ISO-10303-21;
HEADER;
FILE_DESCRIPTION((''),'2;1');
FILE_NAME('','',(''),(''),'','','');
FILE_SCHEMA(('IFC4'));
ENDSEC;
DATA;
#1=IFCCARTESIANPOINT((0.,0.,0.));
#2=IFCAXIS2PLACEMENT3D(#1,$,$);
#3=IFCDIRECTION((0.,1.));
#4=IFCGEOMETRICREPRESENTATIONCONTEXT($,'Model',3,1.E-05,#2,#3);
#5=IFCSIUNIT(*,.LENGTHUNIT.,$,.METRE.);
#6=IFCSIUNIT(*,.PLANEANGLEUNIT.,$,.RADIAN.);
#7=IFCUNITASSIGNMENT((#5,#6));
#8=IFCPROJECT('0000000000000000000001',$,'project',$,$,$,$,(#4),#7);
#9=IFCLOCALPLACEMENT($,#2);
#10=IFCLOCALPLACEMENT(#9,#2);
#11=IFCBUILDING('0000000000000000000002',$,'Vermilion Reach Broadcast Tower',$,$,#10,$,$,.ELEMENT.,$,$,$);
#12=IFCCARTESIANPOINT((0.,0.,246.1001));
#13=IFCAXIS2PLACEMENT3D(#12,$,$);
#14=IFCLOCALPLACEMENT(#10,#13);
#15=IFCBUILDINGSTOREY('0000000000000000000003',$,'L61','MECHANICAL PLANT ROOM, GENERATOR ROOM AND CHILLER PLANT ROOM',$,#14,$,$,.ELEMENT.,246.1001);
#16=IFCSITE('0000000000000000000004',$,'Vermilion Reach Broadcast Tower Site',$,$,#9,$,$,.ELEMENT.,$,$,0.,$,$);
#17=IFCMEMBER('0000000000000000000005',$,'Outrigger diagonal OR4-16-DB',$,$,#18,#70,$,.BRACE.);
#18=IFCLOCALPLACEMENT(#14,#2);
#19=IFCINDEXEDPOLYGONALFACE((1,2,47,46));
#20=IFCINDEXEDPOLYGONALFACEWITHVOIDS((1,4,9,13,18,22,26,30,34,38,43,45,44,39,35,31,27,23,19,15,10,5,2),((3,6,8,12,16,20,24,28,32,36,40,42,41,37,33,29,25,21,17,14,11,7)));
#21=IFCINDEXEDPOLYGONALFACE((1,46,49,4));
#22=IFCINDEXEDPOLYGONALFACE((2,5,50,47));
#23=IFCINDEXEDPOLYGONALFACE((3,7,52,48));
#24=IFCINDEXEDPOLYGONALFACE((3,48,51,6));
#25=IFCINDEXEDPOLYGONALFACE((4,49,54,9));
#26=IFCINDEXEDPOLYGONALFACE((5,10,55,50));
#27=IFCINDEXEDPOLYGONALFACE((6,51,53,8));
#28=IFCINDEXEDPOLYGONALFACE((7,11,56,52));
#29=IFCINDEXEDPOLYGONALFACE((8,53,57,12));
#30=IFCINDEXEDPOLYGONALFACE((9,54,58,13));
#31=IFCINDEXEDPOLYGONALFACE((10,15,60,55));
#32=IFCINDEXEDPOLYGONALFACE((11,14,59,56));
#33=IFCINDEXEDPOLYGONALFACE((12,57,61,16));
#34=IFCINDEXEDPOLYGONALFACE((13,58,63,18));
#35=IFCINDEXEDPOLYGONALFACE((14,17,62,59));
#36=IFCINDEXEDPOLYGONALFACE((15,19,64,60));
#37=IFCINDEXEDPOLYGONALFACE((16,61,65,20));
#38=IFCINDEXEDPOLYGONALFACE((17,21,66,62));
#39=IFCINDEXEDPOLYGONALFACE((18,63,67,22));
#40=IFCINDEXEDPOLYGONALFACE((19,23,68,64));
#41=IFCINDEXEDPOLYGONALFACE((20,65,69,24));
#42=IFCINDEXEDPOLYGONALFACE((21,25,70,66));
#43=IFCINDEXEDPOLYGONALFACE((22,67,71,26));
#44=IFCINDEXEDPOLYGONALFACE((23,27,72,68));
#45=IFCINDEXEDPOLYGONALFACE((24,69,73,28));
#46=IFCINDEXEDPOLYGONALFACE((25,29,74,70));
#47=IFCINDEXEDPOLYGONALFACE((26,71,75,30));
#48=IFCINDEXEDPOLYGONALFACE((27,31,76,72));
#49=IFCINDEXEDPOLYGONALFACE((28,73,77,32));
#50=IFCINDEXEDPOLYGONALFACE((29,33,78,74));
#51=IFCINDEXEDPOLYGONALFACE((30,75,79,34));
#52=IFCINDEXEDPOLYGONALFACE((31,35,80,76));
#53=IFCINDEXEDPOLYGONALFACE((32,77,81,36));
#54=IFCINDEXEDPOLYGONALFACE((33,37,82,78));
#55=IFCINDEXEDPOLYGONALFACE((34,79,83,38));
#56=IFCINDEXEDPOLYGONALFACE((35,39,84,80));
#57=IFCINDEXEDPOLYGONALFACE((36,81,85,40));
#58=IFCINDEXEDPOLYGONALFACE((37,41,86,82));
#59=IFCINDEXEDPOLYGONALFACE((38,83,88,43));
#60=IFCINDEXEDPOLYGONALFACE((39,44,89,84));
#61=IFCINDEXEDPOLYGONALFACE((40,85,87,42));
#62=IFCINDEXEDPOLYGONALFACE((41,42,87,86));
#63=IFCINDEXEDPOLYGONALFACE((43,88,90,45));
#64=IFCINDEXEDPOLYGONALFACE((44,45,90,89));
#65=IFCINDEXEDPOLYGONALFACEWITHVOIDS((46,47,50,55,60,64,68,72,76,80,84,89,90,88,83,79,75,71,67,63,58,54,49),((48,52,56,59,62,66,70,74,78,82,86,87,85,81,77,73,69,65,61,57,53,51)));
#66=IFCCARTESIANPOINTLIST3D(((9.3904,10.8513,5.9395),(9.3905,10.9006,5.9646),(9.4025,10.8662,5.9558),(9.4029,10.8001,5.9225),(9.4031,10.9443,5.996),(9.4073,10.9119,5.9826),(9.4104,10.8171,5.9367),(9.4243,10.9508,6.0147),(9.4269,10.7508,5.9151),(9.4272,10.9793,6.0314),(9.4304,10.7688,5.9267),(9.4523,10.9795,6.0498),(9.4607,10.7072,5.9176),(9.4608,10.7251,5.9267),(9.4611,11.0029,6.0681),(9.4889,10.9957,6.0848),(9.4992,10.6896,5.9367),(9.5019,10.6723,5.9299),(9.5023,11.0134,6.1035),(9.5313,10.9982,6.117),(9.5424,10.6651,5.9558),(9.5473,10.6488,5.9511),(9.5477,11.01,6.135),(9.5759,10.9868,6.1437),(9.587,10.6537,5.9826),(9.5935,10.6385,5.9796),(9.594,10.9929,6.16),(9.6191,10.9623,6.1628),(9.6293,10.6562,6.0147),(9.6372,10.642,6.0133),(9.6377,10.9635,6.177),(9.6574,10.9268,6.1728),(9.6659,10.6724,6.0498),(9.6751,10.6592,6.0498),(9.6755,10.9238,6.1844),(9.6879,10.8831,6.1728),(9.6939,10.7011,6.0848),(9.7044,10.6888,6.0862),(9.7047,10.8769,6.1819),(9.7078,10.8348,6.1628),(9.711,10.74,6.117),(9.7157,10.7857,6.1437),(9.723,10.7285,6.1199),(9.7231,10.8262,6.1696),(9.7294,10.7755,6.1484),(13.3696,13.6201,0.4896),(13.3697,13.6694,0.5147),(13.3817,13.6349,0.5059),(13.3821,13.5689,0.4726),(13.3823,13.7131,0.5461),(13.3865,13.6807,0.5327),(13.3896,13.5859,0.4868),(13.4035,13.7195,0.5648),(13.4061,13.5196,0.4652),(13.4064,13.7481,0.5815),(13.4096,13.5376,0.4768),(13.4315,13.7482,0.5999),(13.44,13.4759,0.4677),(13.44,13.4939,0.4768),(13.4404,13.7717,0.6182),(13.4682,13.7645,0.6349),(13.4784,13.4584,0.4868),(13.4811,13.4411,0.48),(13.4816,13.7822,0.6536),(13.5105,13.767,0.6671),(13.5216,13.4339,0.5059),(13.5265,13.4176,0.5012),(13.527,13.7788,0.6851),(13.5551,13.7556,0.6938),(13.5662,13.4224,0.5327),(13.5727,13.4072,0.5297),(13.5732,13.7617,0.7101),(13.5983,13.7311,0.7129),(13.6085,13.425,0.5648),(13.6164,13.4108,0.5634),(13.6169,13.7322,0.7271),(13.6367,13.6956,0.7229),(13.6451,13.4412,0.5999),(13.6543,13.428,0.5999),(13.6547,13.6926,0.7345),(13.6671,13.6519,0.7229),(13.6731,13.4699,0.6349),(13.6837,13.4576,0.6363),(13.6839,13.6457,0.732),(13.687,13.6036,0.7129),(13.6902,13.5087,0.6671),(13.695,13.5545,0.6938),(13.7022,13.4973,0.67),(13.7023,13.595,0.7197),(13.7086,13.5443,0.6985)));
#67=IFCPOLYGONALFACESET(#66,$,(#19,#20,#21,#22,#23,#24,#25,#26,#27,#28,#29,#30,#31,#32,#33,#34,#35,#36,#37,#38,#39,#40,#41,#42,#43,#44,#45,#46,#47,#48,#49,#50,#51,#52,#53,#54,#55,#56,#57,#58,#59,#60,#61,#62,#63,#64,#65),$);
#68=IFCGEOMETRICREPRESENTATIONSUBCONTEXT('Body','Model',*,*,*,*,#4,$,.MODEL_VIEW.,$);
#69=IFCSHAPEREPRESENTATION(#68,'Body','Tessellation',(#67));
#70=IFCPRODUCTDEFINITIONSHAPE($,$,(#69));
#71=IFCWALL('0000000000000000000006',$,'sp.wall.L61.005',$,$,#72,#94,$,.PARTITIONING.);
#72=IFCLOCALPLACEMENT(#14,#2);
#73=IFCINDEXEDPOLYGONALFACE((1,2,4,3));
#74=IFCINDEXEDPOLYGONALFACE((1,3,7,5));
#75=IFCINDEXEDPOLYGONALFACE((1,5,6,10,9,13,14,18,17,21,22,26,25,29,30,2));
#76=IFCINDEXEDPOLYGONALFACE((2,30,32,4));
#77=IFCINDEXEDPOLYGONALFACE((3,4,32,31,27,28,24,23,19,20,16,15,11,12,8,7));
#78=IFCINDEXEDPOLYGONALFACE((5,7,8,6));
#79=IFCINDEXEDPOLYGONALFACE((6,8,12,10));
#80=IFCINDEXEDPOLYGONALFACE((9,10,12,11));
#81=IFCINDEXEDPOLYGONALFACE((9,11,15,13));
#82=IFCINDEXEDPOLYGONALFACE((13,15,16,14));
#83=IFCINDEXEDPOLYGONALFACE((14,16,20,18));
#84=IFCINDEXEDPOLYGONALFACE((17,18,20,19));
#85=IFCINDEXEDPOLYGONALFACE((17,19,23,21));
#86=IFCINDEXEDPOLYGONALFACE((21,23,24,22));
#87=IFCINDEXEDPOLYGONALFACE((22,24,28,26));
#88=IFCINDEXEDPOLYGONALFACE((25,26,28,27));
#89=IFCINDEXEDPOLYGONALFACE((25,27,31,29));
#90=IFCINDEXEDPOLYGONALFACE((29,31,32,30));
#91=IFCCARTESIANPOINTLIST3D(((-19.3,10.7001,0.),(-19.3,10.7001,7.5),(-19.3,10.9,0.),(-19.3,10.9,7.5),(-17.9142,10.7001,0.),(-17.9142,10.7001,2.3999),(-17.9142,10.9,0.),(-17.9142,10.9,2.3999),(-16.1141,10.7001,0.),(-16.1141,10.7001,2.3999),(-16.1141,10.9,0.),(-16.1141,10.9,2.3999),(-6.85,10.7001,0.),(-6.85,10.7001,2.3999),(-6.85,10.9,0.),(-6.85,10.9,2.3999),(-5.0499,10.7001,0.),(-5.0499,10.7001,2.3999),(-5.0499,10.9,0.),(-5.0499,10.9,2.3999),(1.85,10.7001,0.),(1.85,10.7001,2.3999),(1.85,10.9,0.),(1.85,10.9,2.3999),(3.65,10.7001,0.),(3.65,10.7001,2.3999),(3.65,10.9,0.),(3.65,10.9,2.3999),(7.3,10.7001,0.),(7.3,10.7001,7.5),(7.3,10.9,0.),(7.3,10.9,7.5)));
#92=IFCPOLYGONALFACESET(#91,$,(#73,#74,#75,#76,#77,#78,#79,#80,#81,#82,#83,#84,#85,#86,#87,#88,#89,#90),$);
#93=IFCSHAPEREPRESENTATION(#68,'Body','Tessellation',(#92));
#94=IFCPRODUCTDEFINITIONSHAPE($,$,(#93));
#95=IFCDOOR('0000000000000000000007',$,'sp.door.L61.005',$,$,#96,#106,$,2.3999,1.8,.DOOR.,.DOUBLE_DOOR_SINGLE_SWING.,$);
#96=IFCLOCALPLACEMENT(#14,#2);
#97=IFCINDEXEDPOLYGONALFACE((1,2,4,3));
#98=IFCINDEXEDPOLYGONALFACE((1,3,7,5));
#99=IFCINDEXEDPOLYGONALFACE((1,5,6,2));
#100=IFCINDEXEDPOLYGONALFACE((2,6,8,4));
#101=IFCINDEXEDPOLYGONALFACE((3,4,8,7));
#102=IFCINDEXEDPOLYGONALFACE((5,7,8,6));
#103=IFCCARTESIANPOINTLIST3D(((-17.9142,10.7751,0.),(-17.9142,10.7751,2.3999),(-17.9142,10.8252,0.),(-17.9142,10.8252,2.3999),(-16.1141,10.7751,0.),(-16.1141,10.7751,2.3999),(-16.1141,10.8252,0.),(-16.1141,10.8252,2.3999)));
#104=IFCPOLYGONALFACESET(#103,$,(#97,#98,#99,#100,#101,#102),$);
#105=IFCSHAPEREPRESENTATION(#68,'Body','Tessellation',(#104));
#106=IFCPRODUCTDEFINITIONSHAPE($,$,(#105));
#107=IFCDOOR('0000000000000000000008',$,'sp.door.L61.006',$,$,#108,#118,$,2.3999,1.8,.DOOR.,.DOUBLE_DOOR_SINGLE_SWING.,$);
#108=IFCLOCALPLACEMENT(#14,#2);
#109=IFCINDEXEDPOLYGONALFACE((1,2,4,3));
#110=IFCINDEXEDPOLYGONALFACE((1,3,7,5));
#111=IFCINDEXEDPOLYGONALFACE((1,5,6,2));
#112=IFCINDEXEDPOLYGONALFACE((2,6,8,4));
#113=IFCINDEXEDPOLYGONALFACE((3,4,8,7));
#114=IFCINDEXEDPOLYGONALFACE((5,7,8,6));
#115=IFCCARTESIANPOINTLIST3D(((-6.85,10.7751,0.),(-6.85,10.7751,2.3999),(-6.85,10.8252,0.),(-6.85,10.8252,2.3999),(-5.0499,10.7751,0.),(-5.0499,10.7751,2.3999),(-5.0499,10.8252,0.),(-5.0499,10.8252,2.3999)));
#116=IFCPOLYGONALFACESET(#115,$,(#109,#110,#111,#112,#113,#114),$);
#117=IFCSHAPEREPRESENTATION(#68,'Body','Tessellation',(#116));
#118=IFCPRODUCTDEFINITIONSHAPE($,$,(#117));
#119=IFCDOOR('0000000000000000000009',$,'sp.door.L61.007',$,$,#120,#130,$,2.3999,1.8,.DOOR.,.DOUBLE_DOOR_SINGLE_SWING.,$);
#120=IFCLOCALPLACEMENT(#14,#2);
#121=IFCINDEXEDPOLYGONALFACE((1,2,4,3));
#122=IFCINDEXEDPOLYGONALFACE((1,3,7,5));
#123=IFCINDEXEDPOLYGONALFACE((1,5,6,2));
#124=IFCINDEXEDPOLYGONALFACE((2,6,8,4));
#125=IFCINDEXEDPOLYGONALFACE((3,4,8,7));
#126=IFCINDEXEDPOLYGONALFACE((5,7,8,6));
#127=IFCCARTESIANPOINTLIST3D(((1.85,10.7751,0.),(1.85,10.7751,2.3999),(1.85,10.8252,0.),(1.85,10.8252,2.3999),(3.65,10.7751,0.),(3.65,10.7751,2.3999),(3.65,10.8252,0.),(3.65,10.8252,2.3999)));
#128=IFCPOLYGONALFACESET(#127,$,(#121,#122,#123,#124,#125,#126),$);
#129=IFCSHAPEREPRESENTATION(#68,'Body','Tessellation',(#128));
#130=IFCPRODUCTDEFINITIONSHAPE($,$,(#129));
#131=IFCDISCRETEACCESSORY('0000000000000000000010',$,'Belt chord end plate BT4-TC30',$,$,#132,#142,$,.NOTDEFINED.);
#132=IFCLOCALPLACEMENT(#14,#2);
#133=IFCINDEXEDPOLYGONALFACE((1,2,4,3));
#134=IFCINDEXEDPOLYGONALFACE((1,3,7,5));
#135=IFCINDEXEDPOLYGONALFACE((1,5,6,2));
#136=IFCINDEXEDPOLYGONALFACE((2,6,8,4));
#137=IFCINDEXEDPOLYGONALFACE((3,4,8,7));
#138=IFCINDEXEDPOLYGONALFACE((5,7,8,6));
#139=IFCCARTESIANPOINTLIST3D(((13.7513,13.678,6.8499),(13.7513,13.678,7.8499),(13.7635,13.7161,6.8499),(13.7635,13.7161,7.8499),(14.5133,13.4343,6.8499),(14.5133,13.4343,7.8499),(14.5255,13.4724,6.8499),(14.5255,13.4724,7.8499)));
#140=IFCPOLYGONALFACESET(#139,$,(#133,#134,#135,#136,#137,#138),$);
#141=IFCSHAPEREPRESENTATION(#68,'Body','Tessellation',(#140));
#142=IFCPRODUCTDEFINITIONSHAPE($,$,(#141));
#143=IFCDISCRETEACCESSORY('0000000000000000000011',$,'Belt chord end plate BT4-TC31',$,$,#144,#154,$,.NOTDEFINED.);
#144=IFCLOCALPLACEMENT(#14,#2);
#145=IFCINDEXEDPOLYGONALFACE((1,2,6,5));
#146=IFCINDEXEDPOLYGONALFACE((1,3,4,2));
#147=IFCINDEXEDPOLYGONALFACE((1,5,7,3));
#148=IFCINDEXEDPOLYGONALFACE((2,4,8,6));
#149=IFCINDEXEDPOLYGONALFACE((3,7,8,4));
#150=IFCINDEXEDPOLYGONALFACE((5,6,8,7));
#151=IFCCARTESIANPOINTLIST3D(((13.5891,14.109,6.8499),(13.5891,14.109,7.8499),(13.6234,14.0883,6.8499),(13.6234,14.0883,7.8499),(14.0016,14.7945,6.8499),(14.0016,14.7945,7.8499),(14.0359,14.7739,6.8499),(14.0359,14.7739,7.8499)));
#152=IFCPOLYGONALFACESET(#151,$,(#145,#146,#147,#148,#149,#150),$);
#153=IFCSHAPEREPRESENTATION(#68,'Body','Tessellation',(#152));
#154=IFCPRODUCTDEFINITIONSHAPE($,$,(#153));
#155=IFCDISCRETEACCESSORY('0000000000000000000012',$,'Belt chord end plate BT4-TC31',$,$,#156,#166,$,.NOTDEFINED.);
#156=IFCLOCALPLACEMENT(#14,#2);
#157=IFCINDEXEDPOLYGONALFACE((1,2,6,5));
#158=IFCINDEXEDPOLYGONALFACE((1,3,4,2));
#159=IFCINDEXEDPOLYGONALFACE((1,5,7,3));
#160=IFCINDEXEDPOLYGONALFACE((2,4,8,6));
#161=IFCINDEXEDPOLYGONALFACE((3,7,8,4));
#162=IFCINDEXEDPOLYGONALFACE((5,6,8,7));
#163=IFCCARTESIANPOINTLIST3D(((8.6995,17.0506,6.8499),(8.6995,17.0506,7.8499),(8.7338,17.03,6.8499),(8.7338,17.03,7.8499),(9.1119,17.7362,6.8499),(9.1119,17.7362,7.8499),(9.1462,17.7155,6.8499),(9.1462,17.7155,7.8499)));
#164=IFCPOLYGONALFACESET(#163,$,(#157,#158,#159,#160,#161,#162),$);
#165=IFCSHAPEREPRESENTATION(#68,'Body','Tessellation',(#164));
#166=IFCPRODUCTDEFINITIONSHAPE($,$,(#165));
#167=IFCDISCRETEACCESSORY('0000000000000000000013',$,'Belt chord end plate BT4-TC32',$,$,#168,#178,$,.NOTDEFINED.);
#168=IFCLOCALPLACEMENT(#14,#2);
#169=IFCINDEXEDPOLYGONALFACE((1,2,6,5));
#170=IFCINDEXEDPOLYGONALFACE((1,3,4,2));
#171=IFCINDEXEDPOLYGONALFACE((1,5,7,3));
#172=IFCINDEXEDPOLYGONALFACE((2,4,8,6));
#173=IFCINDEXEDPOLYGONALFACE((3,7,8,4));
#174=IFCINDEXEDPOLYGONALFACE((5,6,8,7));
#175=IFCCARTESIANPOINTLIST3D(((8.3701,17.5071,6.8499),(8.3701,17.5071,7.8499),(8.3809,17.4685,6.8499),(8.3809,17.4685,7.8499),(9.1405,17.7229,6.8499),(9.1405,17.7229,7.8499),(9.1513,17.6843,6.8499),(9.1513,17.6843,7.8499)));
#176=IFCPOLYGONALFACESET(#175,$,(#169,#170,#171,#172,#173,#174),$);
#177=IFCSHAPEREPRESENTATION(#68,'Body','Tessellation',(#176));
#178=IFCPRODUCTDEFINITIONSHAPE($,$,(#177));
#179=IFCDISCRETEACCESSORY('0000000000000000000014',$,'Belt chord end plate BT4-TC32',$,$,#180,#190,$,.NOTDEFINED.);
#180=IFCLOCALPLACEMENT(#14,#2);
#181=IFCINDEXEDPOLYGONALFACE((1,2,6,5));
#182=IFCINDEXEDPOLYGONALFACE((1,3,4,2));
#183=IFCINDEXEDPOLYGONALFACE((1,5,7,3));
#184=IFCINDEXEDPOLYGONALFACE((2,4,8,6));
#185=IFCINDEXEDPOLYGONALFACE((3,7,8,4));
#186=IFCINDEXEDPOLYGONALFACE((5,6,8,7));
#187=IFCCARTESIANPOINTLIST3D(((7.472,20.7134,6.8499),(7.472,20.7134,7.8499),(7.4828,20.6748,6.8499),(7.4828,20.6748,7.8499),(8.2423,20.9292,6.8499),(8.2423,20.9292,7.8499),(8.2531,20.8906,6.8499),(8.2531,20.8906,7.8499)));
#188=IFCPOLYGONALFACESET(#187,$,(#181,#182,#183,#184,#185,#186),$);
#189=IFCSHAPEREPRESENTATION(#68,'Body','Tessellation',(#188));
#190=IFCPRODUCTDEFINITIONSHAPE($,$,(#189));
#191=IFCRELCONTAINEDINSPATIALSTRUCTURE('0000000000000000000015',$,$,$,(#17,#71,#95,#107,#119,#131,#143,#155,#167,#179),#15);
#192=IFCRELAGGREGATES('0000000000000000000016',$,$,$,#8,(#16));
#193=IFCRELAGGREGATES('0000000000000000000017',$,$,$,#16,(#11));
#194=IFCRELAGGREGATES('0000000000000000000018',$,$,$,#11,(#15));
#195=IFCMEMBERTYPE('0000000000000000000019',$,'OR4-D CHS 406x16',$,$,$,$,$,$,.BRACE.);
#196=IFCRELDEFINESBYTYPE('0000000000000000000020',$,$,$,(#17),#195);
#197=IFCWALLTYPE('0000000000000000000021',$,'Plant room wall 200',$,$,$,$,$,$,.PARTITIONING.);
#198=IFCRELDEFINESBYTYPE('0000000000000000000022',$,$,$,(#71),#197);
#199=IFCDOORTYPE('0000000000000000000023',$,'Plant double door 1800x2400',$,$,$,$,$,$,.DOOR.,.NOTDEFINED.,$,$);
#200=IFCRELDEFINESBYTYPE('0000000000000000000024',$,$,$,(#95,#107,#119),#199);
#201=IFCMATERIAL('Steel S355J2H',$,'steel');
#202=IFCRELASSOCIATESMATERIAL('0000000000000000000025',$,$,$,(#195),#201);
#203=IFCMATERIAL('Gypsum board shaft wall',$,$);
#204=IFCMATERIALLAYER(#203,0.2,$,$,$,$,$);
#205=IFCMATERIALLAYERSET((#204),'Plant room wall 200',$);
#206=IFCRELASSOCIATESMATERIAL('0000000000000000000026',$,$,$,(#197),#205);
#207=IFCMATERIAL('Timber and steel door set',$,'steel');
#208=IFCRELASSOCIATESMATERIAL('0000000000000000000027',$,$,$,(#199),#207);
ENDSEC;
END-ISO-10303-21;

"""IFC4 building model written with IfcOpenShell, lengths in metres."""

from ifc_helpers import new_model, si_unit, direction, frame, frame_2d, origin, origin_2d, place, context, subcontext, project, spatial, rectangle, hollow_circle, extrude, material, layer, layer_set, material_profile, profile_set, type_object, element, fill, save


model = new_model("IFC4")

# Units and contexts
model_context = context("Model", 3, precision=1e-05, world=origin(), true_north=direction((0.0, 1.0)))
body_context = subcontext(model_context, "Body", "Model", "MODEL_VIEW")
ifc_project = project(units=[si_unit("LENGTHUNIT", "METRE"), si_unit("PLANEANGLEUNIT", "RADIAN")], contexts=[model_context])

# Site, building, storey
site_placement = place(None, origin())
site = spatial("IfcSite", under=ifc_project, at=site_placement, Name="Vermilion Reach Broadcast Tower Site", CompositionType="ELEMENT", RefElevation=0.0)
building_placement = place(site_placement, origin())
building = spatial("IfcBuilding", under=site, at=building_placement, Name="Vermilion Reach Broadcast Tower", CompositionType="ELEMENT")
storey_placement = place(building_placement, frame((0.0, 0.0, 246.1001)))
storey = spatial("IfcBuildingStorey", under=building, at=storey_placement, Name="L61", Description="MECHANICAL PLANT ROOM, GENERATOR ROOM AND CHILLER PLANT ROOM", CompositionType="ELEMENT", Elevation=246.1001)

# Member
ifc_material_1 = material(Name="Steel S355J2H", Category="steel")
ifc_material_profile_1 = material_profile(ifc_material_1, hollow_circle(Radius=0.2031, WallThickness=0.0161, at=origin_2d()), Name="S355J2H CHS 406x16")
ifc_profile_set_1 = profile_set([ifc_material_profile_1], Name="Steel S355J2H")
member_type_1 = type_object("IfcMemberType", Name="OR4-D CHS 406x16", PredefinedType="BRACE", material=ifc_profile_set_1)
member_1_placement = place(storey_placement, frame((13.5383, 13.5947, 0.5999), z_axis=(-0.54555, -0.379599, 0.747181), x_axis=(0.571152, -0.820845, 0.0)))
element("IfcMember", 1, at=member_1_placement, inside=storey, type_object=member_type_1, Name="Outrigger diagonal OR4-16-DB", PredefinedType="BRACE", context=body_context, shape_type="SweptSolid", body=[
    extrude(hollow_circle(Radius=0.2031, WallThickness=0.0161, at=origin_2d()), origin(), (0.0, 0.0, 1.0), 7.2939),
])

# Wall, openings, doors
ifc_material_2 = material(Name="Gypsum board shaft wall")
ifc_layer = layer(ifc_material_2, 0.2)
ifc_layer_set = layer_set([ifc_layer], Name="Plant room wall 200")
wall_type = type_object("IfcWallType", Name="Plant room wall 200", PredefinedType="PARTITIONING", material=ifc_layer_set)
wall_placement = place(storey_placement, frame((7.3, 10.8, 0.0), z_axis=(0.0, 0.0, 1.0), x_axis=(-1.0, 0.0, 0.0)))
wall = element("IfcWall", 2, at=wall_placement, inside=storey, type_object=wall_type, Name="sp.wall.L61.005", PredefinedType="PARTITIONING", context=body_context, shape_type="SweptSolid", body=[
    extrude(rectangle(XDim=26.6001, YDim=0.2, at=frame_2d((13.3, 0.0))), origin(), (0.0, 0.0, 1.0), 7.5),
])
opening_1_placement = place(wall_placement, frame((23.4143, 0.0, 0.0)))
opening_1 = element("IfcOpeningElement", 3, at=opening_1_placement, cuts=wall, PredefinedType="OPENING", context=body_context, shape_type="SweptSolid", body=[
    extrude(rectangle(XDim=1.8, YDim=2.3999, at=frame_2d((0.8999, 1.2))), frame((0.0, 0.1099, 0.0), z_axis=(0.0, -1.0, 0.0), x_axis=(1.0, 0.0, 0.0)), (0.0, 0.0, 1.0), 0.22),
])
opening_2_placement = place(wall_placement, frame((12.3501, 0.0, 0.0)))
opening_2 = element("IfcOpeningElement", 4, at=opening_2_placement, cuts=wall, PredefinedType="OPENING", context=body_context, shape_type="SweptSolid", body=[
    extrude(rectangle(XDim=1.8, YDim=2.3999, at=frame_2d((0.8999, 1.2))), frame((0.0, 0.1099, 0.0), z_axis=(0.0, -1.0, 0.0), x_axis=(1.0, 0.0, 0.0)), (0.0, 0.0, 1.0), 0.22),
])
opening_3_placement = place(wall_placement, frame((3.6501, 0.0, 0.0)))
opening_3 = element("IfcOpeningElement", 5, at=opening_3_placement, cuts=wall, PredefinedType="OPENING", context=body_context, shape_type="SweptSolid", body=[
    extrude(rectangle(XDim=1.8, YDim=2.3999, at=frame_2d((0.8999, 1.2))), frame((0.0, 0.1099, 0.0), z_axis=(0.0, -1.0, 0.0), x_axis=(1.0, 0.0, 0.0)), (0.0, 0.0, 1.0), 0.22),
])
ifc_material_3 = material(Name="Timber and steel door set", Category="steel")
door_type = type_object("IfcDoorType", Name="Plant double door 1800x2400", OperationType="NOTDEFINED", PredefinedType="DOOR", material=ifc_material_3)
door_1_placement = place(opening_1_placement, origin())
door_1 = element("IfcDoor", 6, at=door_1_placement, inside=storey, type_object=door_type, Name="sp.door.L61.005", OperationType="DOUBLE_DOOR_SINGLE_SWING", OverallHeight=2.3999, OverallWidth=1.8, PredefinedType="DOOR", context=body_context, shape_type="SweptSolid", body=[
    extrude(rectangle(XDim=1.8, YDim=2.3999, at=frame_2d((0.8999, 1.2))), frame((0.0, 0.0249, 0.0), z_axis=(0.0, -1.0, 0.0), x_axis=(1.0, 0.0, 0.0)), (0.0, 0.0, 1.0), 0.05),
])
fill(opening_1, door_1)
door_2_placement = place(opening_2_placement, origin())
door_2 = element("IfcDoor", 7, at=door_2_placement, inside=storey, type_object=door_type, Name="sp.door.L61.006", OperationType="DOUBLE_DOOR_SINGLE_SWING", OverallHeight=2.3999, OverallWidth=1.8, PredefinedType="DOOR", context=body_context, shape_type="SweptSolid", body=[
    extrude(rectangle(XDim=1.8, YDim=2.3999, at=frame_2d((0.8999, 1.2))), frame((0.0, 0.0249, 0.0), z_axis=(0.0, -1.0, 0.0), x_axis=(1.0, 0.0, 0.0)), (0.0, 0.0, 1.0), 0.05),
])
fill(opening_2, door_2)
door_3_placement = place(opening_3_placement, origin())
door_3 = element("IfcDoor", 8, at=door_3_placement, inside=storey, type_object=door_type, Name="sp.door.L61.007", OperationType="DOUBLE_DOOR_SINGLE_SWING", OverallHeight=2.3999, OverallWidth=1.8, PredefinedType="DOOR", context=body_context, shape_type="SweptSolid", body=[
    extrude(rectangle(XDim=1.8, YDim=2.3999, at=frame_2d((0.8999, 1.2))), frame((0.0, 0.0249, 0.0), z_axis=(0.0, -1.0, 0.0), x_axis=(1.0, 0.0, 0.0)), (0.0, 0.0, 1.0), 0.05),
])
fill(opening_3, door_3)

# Discrete accessories
for number, where, z_axis, x_axis, name in (
    (9, (14.1384, 13.5752, 6.8499), (0.0, 0.0, 1.0), (0.304615, 0.952476, 0.0), "Belt chord end plate BT4-TC30"),
    (10, (13.8125, 14.4414, 6.8499), (0.0, 0.0, 1.0), (0.856881, -0.515514, 0.0), "Belt chord end plate BT4-TC31"),
    (11, (8.9229, 17.3831, 6.8499), (0.0, 0.0, 1.0), (-0.856881, 0.515514, 0.0), "Belt chord end plate BT4-TC31"),
    (12, (8.7607, 17.5957, 6.8499), (0.0, 0.0, 1.0), (0.26975, -0.96293, 0.0), "Belt chord end plate BT4-TC32"),
    (13, (7.8625, 20.802, 6.8499), (0.0, 0.0, 1.0), (-0.26975, 0.96293, 0.0), "Belt chord end plate BT4-TC32"),
):
    element("IfcDiscreteAccessory", number, at=place(storey_placement, frame(where, z_axis=z_axis, x_axis=x_axis)), inside=storey, Name=name, PredefinedType="NOTDEFINED", context=body_context, shape_type="SweptSolid", body=[
        extrude(rectangle(XDim=0.04, YDim=0.8, at=origin_2d()), origin(), (0.0, 0.0, 1.0), 1.0),
    ])

save(model, "model.ifc")
